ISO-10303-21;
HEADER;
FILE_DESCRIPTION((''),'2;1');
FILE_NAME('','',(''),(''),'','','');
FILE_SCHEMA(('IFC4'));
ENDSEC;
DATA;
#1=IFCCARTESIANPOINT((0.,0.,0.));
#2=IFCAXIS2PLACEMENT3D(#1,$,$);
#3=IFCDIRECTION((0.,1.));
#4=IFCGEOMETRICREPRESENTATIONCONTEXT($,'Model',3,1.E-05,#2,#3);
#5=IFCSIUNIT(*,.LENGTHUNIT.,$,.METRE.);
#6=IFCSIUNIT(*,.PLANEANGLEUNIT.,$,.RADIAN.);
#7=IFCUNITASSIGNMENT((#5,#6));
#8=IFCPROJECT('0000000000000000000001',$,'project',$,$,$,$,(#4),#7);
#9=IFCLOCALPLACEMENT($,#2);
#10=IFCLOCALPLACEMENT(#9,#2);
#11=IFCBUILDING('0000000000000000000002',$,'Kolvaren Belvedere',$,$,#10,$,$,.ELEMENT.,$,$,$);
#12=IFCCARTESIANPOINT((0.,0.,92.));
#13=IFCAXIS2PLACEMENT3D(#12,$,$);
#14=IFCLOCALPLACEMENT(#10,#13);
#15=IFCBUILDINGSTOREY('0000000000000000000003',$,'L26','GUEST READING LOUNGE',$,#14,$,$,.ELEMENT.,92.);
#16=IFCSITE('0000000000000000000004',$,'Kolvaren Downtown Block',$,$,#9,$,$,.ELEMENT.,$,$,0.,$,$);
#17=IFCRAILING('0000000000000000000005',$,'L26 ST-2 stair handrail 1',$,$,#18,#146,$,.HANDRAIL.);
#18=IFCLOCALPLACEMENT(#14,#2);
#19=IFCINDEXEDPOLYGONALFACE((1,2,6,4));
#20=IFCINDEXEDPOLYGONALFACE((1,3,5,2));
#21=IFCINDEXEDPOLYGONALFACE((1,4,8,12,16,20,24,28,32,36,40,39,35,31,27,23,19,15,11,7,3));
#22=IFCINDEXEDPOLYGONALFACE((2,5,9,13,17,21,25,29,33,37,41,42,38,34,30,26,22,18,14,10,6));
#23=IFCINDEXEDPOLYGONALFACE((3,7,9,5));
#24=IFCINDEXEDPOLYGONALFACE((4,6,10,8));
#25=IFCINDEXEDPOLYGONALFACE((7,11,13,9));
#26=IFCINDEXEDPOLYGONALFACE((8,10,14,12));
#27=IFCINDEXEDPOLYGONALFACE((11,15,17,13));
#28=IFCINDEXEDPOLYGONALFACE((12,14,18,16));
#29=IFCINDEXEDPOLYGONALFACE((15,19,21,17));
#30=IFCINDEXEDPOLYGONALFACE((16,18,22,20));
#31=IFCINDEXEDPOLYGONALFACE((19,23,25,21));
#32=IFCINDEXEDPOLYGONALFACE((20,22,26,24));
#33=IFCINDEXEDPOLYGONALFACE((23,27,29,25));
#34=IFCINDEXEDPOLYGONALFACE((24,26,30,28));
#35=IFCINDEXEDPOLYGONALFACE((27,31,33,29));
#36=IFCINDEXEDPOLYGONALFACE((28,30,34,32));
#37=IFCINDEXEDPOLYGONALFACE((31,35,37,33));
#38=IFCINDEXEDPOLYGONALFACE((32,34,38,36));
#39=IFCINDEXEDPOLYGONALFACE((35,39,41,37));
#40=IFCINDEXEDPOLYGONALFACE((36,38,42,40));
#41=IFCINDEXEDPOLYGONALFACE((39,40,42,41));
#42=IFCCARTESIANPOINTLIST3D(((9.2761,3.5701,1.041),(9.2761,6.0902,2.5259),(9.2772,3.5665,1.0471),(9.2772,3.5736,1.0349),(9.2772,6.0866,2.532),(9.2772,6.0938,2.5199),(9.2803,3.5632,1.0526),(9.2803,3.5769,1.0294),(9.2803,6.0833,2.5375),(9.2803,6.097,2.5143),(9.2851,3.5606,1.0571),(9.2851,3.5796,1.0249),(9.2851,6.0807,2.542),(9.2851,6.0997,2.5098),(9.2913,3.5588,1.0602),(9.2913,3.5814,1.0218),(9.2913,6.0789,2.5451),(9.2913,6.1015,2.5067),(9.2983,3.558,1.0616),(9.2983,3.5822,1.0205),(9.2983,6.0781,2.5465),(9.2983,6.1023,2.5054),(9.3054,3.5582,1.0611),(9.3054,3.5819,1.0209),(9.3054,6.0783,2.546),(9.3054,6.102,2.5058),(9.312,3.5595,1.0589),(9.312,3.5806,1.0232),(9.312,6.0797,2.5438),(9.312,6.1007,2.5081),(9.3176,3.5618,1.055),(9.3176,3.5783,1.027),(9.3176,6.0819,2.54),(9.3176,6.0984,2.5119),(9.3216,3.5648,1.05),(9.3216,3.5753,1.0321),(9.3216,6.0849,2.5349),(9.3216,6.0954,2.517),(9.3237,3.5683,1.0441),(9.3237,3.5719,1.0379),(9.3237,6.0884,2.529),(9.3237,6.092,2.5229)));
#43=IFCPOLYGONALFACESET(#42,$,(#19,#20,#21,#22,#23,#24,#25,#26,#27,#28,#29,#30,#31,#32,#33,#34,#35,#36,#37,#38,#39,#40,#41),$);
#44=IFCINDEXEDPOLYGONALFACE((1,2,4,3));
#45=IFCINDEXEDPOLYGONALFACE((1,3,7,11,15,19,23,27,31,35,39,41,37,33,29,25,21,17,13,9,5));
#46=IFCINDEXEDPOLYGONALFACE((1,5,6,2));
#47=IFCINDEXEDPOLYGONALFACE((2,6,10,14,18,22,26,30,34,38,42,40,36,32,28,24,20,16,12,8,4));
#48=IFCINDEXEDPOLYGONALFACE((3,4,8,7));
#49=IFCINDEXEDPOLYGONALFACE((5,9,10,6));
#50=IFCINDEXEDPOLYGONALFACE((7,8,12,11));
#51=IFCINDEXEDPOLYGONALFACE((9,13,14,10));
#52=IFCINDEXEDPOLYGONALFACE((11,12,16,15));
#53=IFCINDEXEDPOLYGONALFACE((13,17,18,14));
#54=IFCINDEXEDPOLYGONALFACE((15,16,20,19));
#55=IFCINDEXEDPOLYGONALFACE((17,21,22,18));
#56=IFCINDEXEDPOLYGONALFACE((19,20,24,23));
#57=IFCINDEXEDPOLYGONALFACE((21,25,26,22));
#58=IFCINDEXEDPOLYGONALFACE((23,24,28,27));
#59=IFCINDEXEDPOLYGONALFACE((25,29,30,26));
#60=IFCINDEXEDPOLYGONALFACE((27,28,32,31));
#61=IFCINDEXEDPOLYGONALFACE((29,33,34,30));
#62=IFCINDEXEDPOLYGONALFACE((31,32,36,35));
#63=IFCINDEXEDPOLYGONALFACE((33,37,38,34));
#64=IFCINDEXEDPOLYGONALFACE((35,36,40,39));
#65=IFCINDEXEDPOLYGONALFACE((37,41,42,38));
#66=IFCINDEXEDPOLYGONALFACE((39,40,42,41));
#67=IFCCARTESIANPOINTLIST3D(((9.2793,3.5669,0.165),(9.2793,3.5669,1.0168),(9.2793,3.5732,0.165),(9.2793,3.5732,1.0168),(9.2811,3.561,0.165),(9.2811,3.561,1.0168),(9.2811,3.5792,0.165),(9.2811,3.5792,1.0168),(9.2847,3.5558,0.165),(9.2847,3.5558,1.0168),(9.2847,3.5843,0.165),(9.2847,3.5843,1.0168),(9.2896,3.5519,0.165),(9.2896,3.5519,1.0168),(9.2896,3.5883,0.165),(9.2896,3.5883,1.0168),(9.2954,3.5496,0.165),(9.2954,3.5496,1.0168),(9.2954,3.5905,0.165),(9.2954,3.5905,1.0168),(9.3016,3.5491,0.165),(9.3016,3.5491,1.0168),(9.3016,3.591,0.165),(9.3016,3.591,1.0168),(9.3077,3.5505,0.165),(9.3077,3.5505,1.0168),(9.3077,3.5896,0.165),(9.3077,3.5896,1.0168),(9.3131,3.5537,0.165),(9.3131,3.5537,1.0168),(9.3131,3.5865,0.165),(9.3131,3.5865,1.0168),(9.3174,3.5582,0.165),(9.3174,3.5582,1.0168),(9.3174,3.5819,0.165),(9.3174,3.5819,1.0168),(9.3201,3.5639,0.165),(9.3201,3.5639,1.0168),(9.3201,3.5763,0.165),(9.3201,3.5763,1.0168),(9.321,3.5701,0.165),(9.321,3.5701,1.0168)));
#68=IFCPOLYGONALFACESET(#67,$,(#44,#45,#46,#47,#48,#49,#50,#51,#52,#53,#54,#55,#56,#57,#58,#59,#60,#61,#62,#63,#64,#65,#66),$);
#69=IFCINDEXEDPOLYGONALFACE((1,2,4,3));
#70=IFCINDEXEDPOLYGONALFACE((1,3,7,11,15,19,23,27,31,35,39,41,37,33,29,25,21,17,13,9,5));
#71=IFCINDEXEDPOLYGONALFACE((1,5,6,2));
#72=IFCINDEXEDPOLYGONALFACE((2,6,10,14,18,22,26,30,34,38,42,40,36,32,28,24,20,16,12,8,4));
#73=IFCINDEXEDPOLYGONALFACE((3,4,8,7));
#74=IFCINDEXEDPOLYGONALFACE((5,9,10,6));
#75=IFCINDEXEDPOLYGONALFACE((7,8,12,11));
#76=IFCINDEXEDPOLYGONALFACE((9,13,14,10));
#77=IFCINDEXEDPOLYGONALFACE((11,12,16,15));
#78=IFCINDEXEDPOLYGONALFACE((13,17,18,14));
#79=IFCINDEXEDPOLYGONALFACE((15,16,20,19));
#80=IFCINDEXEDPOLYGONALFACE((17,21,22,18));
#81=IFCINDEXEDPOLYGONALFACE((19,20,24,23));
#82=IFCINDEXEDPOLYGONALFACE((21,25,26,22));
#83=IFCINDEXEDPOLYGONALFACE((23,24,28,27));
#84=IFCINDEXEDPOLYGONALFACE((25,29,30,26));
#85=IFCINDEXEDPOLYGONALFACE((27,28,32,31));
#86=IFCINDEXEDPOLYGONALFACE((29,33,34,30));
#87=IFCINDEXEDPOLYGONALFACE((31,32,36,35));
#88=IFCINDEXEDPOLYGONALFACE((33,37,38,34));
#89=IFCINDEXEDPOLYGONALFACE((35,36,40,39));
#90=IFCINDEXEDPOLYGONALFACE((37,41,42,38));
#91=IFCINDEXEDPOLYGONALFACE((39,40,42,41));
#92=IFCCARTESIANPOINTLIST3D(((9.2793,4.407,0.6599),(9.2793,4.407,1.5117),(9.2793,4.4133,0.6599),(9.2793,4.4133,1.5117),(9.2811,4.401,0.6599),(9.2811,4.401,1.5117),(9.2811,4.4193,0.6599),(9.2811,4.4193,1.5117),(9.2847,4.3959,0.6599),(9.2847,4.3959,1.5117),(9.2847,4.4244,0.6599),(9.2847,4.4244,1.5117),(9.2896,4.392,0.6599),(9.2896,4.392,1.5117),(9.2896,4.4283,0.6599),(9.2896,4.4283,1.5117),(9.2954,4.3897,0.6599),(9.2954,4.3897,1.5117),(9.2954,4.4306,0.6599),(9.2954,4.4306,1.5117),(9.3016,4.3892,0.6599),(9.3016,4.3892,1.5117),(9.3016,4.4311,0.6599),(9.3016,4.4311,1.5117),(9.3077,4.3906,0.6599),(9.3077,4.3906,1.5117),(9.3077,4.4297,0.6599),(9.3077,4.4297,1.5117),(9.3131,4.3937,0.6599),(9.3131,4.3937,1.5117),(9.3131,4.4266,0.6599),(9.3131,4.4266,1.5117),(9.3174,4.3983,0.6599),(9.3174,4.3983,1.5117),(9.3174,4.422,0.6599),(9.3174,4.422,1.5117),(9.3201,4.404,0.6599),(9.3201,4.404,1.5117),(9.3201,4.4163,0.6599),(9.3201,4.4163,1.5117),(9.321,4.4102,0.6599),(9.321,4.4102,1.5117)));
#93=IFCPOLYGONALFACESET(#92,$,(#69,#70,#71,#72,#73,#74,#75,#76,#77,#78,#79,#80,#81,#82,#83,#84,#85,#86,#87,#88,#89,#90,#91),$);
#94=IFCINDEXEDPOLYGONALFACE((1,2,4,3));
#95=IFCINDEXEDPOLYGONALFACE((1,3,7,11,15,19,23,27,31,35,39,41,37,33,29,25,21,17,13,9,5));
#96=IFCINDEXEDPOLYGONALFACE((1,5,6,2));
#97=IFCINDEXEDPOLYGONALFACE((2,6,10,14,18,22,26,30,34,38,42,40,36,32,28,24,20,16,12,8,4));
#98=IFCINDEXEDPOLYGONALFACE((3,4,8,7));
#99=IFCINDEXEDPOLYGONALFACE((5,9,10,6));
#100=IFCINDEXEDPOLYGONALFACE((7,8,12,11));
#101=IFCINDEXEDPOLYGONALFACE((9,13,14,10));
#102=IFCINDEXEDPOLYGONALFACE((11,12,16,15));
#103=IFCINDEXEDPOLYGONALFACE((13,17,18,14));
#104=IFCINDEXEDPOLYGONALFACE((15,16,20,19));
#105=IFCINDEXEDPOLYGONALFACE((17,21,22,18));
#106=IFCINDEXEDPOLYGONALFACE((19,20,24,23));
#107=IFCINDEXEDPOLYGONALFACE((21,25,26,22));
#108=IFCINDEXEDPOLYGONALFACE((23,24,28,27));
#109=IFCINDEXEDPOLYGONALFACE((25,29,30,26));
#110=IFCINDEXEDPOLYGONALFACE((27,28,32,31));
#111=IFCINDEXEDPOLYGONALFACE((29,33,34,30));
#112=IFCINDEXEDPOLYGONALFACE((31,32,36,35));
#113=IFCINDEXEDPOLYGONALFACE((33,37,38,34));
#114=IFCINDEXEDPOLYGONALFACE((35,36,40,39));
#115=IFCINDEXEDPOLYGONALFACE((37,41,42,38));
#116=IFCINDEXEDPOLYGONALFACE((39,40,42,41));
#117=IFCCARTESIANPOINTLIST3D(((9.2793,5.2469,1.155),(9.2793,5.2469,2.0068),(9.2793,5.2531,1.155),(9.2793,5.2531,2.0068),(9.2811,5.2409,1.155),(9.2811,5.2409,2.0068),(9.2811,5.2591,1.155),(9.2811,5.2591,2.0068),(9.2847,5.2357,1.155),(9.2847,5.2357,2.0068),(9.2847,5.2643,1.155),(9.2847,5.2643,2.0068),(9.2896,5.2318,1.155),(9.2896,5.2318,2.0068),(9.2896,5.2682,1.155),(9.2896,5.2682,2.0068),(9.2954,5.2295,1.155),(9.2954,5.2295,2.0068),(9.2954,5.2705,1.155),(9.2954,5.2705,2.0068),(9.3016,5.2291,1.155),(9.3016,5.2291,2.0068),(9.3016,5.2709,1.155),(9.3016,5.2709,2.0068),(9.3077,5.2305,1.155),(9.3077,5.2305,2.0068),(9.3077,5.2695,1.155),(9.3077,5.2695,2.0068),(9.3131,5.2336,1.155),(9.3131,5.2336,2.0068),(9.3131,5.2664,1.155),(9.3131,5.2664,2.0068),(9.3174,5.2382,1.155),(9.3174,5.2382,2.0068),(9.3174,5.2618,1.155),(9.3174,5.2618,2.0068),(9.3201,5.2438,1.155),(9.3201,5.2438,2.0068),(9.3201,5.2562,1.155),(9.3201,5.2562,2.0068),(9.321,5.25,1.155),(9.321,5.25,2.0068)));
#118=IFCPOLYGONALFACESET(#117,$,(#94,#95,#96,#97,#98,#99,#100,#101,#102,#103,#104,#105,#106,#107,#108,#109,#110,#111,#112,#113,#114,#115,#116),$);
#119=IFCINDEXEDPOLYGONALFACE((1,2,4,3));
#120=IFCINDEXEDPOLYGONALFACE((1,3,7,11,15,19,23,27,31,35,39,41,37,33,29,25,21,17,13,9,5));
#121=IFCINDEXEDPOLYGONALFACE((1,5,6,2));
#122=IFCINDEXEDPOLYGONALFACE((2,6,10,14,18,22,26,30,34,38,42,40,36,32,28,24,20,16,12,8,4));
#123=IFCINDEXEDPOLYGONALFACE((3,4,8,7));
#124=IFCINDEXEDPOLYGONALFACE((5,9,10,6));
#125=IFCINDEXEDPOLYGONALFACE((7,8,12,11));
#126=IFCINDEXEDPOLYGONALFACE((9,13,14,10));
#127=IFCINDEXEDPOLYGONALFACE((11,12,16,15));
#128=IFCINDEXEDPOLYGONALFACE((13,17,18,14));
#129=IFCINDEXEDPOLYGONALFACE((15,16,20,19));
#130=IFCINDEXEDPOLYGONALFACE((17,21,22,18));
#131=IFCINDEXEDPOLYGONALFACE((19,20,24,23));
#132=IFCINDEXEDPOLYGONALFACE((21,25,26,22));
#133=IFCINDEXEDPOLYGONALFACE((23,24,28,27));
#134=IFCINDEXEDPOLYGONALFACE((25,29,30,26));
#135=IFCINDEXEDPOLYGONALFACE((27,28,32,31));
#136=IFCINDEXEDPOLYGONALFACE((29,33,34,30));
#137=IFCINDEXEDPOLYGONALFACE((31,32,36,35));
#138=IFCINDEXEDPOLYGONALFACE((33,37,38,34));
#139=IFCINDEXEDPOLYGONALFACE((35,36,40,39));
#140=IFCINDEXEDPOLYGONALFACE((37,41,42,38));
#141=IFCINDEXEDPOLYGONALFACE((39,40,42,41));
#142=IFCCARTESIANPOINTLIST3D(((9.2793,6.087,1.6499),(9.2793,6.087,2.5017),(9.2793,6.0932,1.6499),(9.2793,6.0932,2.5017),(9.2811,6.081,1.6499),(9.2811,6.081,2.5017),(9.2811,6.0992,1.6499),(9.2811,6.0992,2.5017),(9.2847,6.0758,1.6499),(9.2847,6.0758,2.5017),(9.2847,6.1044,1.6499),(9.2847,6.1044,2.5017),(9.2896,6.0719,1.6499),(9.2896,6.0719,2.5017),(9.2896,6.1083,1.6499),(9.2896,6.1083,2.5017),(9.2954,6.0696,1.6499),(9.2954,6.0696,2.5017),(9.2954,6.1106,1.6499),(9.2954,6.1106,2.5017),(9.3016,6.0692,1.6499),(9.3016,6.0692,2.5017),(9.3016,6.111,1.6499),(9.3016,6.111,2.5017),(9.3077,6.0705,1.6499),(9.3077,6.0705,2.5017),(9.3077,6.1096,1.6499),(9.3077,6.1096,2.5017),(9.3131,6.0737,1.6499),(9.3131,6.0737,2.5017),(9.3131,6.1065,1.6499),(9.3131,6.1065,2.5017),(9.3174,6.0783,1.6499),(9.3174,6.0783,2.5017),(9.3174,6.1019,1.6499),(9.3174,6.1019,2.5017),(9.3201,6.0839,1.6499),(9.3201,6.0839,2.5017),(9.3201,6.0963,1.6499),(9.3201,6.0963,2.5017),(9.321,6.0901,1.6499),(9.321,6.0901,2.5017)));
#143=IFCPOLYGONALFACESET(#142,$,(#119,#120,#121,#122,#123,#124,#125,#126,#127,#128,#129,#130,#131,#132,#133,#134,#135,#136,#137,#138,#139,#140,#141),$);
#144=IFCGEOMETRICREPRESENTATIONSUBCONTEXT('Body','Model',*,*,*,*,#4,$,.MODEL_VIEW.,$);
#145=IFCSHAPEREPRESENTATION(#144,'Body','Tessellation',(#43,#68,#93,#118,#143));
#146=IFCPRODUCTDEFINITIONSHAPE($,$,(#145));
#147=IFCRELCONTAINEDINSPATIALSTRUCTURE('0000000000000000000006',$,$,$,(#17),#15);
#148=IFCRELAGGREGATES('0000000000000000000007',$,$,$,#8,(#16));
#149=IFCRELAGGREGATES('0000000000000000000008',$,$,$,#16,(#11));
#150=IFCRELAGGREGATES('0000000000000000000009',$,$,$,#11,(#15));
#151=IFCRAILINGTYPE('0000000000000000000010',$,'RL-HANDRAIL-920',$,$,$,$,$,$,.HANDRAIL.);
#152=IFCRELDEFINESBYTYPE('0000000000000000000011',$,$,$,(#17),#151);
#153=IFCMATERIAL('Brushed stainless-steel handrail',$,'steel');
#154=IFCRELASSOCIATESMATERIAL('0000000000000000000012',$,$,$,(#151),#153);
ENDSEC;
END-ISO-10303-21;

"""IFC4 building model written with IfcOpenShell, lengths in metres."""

from ifc_helpers import new_model, si_unit, direction, frame, origin, origin_2d, place, context, subcontext, project, spatial, circle, extrude, material, type_object, element, save


model = new_model("IFC4")

# Units and contexts
model_context = context("Model", 3, precision=1e-05, world=origin(), true_north=direction((0.0, 1.0)))
body_context = subcontext(model_context, "Body", "Model", "MODEL_VIEW")
ifc_project = project(units=[si_unit("LENGTHUNIT", "METRE"), si_unit("PLANEANGLEUNIT", "RADIAN")], contexts=[model_context])

# Site, building, storey
site_placement = place(None, origin())
site = spatial("IfcSite", under=ifc_project, at=site_placement, Name="Kolvaren Downtown Block", CompositionType="ELEMENT", RefElevation=0.0)
building_placement = place(site_placement, origin())
building = spatial("IfcBuilding", under=site, at=building_placement, Name="Kolvaren Belvedere", CompositionType="ELEMENT")
storey_placement = place(building_placement, frame((0.0, 0.0, 92.0)))
storey = spatial("IfcBuildingStorey", under=building, at=storey_placement, Name="L26", Description="GUEST READING LOUNGE", CompositionType="ELEMENT", Elevation=92.0)

# Railing
ifc_material_1 = material(Name="Brushed stainless-steel handrail", Category="steel")
railing_type_1 = type_object("IfcRailingType", Name="RL-HANDRAIL-920", PredefinedType="HANDRAIL", material=ifc_material_1)
railing_1_placement = place(storey_placement, frame((9.3, 3.5701, 0.165)))
element("IfcRailing", 1, at=railing_1_placement, inside=storey, type_object=railing_type_1, Name="L26 ST-2 stair handrail 1", PredefinedType="HANDRAIL", context=body_context, shape_type="SweptSolid", body=[
    extrude(circle(Radius=0.0239, at=origin_2d()), frame((0.0, 0.0, 0.876), z_axis=(0.0, 0.861561, 0.507655), x_axis=(-1.0, 0.0, 0.0)), (0.0, 0.0, 1.0), 2.925),
    extrude(circle(Radius=0.021, at=origin_2d()), origin(), (0.0, 0.0, 1.0), 0.8518),
    extrude(circle(Radius=0.021, at=origin_2d()), frame((0.0, 0.8401, 0.4949)), (0.0, 0.0, 1.0), 0.8518),
    extrude(circle(Radius=0.021, at=origin_2d()), frame((0.0, 1.6799, 0.99)), (0.0, 0.0, 1.0), 0.8518),
    extrude(circle(Radius=0.021, at=origin_2d()), frame((0.0, 2.52, 1.4849)), (0.0, 0.0, 1.0), 0.8518),
])

save(model, "model.ifc")
